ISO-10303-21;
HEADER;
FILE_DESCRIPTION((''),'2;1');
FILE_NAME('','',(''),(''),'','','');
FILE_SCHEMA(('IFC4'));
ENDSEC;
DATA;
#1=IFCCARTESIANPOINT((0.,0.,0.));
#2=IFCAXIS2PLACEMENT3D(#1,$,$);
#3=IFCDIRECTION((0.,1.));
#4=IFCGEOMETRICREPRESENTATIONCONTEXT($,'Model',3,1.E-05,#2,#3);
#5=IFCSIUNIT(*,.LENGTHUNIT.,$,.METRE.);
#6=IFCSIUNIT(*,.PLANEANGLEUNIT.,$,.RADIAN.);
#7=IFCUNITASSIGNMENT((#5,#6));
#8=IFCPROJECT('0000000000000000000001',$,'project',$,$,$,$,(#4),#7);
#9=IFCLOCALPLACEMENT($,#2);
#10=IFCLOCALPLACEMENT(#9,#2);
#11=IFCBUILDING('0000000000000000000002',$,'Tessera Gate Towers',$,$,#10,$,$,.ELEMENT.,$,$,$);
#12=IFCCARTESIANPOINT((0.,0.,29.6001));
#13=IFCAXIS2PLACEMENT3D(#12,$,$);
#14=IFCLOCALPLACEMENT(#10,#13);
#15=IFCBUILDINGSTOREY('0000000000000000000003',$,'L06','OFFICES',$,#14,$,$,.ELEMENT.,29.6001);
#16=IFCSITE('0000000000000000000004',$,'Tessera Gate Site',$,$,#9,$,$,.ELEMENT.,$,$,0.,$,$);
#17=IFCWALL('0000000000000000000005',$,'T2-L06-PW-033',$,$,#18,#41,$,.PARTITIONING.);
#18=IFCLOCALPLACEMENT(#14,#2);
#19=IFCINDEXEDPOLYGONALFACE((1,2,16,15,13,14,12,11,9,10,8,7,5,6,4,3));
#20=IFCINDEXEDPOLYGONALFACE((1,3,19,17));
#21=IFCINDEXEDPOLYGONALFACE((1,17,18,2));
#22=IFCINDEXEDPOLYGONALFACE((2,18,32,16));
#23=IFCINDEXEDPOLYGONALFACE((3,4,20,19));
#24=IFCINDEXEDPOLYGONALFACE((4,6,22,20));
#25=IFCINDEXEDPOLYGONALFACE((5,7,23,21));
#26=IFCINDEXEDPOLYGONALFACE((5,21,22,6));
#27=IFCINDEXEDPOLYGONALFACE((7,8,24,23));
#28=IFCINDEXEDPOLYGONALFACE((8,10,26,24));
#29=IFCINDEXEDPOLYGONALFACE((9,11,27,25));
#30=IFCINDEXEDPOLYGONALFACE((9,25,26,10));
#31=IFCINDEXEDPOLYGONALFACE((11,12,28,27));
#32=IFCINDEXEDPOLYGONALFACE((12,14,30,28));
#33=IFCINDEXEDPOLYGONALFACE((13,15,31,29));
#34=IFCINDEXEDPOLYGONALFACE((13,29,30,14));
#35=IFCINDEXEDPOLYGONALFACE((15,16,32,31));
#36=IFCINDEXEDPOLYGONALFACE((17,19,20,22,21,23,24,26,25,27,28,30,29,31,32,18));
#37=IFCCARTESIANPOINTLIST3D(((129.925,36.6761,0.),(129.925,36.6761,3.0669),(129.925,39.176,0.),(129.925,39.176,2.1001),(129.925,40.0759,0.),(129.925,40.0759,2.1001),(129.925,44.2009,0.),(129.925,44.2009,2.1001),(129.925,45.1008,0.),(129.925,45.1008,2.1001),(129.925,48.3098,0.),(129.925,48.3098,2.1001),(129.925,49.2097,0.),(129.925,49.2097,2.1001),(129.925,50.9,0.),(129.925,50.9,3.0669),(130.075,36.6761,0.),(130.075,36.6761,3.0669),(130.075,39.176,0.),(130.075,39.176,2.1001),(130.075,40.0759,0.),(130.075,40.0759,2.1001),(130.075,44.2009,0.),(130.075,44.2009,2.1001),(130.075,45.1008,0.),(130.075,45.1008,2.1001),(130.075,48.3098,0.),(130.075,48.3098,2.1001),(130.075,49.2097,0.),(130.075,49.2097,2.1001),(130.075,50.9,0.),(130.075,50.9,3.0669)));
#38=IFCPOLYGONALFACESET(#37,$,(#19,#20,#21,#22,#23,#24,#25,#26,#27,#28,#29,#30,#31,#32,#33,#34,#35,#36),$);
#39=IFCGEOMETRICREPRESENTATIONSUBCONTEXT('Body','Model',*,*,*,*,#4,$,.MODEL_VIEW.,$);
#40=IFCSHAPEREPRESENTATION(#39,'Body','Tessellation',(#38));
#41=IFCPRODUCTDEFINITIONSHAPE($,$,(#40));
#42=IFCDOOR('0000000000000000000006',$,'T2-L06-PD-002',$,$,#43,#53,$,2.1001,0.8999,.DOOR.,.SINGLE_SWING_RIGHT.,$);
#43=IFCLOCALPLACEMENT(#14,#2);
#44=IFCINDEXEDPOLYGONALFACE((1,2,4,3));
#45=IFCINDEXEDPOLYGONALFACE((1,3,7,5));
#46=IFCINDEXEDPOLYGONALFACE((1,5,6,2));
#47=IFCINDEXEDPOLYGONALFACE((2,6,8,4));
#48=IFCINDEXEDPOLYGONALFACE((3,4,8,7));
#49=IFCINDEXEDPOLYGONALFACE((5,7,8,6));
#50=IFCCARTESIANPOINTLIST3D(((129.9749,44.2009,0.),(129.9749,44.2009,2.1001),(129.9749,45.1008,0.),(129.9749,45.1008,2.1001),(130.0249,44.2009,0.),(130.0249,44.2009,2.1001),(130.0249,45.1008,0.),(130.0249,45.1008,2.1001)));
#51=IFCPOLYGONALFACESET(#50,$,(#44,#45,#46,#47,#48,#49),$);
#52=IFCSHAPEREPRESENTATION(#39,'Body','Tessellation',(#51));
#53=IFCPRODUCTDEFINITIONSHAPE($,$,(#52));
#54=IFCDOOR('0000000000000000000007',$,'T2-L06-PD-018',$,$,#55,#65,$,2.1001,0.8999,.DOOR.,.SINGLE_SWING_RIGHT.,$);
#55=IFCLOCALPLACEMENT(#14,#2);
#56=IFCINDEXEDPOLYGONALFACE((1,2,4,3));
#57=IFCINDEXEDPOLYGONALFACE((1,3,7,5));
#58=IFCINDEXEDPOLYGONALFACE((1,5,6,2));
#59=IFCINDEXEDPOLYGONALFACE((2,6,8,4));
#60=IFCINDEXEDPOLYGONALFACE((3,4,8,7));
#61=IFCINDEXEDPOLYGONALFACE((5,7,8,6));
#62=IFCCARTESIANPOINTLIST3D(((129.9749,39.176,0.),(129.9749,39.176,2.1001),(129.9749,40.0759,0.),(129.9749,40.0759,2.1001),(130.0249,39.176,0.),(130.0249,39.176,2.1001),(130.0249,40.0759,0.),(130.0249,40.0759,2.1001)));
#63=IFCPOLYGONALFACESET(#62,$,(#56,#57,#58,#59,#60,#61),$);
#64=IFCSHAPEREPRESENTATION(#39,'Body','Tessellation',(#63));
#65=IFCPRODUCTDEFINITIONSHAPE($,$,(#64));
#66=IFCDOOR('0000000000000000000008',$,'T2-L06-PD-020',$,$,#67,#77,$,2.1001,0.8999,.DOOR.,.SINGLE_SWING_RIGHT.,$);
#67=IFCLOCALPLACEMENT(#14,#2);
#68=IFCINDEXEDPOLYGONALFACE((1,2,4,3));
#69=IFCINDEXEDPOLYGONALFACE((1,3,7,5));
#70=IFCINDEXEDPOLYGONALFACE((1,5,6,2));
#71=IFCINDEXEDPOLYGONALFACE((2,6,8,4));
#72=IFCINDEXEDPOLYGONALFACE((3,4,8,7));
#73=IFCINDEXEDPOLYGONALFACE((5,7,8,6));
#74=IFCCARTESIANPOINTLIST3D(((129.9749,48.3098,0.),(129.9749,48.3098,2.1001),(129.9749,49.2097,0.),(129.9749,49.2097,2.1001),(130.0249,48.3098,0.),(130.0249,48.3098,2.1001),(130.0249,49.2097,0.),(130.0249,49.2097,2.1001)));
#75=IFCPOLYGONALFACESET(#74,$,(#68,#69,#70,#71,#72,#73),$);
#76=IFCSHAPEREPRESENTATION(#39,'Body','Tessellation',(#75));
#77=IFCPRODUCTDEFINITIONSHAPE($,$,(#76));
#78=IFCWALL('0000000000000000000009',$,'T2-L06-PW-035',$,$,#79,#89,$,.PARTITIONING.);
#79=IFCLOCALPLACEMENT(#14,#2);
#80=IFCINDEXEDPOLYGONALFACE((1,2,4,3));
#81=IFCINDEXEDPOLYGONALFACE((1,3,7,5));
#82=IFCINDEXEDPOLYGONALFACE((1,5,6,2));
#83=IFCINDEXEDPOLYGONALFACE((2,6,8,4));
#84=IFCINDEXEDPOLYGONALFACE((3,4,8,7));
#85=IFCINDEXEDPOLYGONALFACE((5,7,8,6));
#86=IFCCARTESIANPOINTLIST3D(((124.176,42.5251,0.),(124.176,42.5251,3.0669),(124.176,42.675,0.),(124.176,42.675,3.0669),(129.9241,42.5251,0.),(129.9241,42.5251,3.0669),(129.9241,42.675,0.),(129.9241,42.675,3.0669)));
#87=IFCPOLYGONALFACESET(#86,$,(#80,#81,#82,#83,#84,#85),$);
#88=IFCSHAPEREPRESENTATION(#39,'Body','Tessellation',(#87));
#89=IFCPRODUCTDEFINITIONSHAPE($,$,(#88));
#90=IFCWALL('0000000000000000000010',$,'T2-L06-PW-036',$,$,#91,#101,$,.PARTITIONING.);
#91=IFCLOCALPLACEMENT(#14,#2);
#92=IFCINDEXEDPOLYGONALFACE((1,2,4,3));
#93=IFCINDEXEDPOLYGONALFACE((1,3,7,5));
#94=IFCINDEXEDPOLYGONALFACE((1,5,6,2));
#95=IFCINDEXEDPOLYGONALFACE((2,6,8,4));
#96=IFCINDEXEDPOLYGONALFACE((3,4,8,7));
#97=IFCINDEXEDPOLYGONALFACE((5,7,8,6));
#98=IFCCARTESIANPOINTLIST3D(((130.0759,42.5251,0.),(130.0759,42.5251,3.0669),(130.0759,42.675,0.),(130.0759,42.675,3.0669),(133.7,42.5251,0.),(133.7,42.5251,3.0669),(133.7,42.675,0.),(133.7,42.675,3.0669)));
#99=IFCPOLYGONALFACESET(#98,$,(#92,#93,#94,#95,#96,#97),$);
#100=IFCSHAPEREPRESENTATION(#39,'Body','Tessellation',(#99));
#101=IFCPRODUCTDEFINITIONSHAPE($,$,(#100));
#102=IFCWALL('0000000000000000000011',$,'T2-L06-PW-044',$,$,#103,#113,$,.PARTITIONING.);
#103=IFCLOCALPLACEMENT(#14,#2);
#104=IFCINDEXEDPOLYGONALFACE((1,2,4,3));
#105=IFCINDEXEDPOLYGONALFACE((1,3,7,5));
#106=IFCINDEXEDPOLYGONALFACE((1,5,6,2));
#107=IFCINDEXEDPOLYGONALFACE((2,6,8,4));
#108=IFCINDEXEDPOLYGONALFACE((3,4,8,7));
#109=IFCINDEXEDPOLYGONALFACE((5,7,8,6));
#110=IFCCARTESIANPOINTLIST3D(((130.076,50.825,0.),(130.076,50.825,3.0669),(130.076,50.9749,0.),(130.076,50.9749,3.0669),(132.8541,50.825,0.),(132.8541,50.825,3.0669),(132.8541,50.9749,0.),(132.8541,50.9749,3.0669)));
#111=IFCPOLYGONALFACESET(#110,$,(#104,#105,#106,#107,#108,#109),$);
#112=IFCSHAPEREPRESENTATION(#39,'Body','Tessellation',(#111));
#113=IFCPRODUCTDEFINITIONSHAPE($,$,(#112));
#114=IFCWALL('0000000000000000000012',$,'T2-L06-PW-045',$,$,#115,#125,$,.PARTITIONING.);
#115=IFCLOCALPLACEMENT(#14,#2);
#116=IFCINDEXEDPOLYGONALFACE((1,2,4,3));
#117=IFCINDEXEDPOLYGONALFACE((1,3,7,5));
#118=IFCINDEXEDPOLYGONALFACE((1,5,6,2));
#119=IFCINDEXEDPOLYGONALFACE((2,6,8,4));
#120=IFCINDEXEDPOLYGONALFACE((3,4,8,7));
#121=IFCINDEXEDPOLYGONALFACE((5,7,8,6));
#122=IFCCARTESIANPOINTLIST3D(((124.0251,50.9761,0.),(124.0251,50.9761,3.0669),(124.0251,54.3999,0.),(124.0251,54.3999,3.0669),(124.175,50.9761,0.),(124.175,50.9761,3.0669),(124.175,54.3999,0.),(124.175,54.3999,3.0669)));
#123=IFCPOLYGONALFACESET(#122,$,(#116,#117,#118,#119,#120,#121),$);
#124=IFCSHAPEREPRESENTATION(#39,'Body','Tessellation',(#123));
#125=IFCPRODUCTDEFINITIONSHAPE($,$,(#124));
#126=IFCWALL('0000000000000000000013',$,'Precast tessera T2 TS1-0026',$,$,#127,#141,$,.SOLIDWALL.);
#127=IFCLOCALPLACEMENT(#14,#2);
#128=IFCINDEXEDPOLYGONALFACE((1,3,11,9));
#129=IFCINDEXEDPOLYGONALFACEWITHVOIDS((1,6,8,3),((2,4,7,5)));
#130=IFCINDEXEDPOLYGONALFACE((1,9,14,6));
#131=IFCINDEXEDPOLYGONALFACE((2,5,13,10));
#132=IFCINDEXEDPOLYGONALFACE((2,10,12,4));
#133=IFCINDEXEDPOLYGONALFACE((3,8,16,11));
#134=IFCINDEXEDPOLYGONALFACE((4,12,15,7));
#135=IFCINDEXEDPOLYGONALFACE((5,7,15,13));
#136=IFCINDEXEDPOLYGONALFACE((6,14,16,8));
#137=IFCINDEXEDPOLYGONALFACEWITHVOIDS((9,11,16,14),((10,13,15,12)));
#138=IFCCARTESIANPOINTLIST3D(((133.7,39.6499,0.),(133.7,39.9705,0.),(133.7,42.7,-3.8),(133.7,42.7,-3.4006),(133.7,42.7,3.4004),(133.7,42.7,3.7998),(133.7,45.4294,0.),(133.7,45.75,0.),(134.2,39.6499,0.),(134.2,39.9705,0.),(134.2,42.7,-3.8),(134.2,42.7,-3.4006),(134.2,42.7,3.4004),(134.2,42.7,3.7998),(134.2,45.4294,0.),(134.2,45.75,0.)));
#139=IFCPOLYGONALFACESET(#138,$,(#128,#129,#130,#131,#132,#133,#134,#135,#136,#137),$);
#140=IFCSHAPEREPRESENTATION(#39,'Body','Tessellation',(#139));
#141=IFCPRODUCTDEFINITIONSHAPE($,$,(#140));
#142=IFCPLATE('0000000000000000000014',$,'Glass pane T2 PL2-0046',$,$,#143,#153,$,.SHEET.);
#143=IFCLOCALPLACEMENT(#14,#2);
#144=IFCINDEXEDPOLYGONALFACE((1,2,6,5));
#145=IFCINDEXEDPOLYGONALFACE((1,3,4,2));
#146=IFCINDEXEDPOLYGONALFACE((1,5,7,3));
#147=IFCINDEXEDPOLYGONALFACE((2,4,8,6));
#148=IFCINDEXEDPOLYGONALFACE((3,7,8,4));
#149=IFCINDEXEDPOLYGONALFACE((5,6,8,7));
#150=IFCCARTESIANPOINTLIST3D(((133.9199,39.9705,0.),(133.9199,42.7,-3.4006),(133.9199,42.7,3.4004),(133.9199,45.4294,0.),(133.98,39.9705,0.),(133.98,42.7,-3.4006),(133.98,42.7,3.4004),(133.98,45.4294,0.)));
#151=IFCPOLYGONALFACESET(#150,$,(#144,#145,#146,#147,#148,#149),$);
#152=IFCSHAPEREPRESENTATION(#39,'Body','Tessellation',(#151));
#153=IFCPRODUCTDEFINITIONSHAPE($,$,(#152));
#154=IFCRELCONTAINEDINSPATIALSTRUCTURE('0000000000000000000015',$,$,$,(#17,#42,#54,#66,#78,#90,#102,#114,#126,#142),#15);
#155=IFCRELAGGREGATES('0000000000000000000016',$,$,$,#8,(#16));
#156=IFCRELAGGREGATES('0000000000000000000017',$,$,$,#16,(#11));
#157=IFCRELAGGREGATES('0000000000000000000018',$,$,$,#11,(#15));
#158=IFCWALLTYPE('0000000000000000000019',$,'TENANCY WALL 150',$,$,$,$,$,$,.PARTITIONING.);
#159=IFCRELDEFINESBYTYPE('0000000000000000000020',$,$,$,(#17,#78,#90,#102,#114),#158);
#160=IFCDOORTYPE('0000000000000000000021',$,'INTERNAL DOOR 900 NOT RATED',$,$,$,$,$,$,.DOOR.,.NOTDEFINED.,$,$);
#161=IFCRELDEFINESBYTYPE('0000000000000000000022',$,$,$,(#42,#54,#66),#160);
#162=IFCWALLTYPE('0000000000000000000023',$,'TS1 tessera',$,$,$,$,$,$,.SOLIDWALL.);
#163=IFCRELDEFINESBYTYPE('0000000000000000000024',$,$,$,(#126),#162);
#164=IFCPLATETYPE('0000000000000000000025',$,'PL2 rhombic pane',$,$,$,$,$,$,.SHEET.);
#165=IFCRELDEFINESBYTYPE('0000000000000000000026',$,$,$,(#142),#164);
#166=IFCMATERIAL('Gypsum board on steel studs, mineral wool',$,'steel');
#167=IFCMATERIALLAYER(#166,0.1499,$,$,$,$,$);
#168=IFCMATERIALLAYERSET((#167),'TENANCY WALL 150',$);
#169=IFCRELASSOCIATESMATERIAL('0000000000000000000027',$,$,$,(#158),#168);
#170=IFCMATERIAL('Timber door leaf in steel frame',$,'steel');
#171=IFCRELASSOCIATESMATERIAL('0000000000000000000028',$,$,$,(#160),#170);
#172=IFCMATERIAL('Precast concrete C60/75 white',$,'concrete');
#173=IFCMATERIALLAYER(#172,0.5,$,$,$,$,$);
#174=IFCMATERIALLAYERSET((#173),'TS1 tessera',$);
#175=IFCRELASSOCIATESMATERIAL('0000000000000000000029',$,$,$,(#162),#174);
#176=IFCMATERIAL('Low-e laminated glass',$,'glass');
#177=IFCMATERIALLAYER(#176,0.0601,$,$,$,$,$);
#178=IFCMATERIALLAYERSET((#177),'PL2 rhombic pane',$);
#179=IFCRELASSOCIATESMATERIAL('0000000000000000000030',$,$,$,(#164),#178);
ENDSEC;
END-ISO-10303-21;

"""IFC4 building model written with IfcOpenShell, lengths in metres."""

from ifc_helpers import new_model, si_unit, direction, frame, frame_2d, origin, place, context, subcontext, project, spatial, polyline, rectangle, outline, extrude, source, transform, mapped, material, layer, layer_set, type_object, element, fill, save


model = new_model("IFC4")

# Units and contexts
model_context = context("Model", 3, precision=1e-05, world=origin(), true_north=direction((0.0, 1.0)))
body_context = subcontext(model_context, "Body", "Model", "MODEL_VIEW")
ifc_project = project(units=[si_unit("LENGTHUNIT", "METRE"), si_unit("PLANEANGLEUNIT", "RADIAN")], contexts=[model_context])

# Site, building, storey
site_placement = place(None, origin())
site = spatial("IfcSite", under=ifc_project, at=site_placement, Name="Tessera Gate Site", CompositionType="ELEMENT", RefElevation=0.0)
building_placement = place(site_placement, origin())
building = spatial("IfcBuilding", under=site, at=building_placement, Name="Tessera Gate Towers", CompositionType="ELEMENT")
storey_placement = place(building_placement, frame((0.0, 0.0, 29.6001)))
storey = spatial("IfcBuildingStorey", under=building, at=storey_placement, Name="L06", Description="OFFICES", CompositionType="ELEMENT", Elevation=29.6001)

# Wall, openings, doors
ifc_material_1 = material(Name="Gypsum board on steel studs, mineral wool", Category="steel")
ifc_layer_1 = layer(ifc_material_1, 0.1499)
ifc_layer_set_1 = layer_set([ifc_layer_1], Name="TENANCY WALL 150")
wall_type_1 = type_object("IfcWallType", Name="TENANCY WALL 150", PredefinedType="PARTITIONING", material=ifc_layer_set_1)
wall_1_placement = place(storey_placement, frame((130.0, 50.8999, 0.0), z_axis=(0.0, 0.0, 1.0), x_axis=(0.0, -1.0, 0.0)))
wall_1 = element("IfcWall", 1, at=wall_1_placement, inside=storey, type_object=wall_type_1, Name="T2-L06-PW-033", PredefinedType="PARTITIONING", context=body_context, shape_type="SweptSolid", body=[
    extrude(rectangle(XDim=14.2239, YDim=0.1499, at=frame_2d((7.1118, 0.0))), origin(), (0.0, 0.0, 1.0), 3.0669),
])
shared_shape_1 = source(origin(), body_context, "Body", "SweptSolid", [
    extrude(rectangle(XDim=0.8999, YDim=2.1001, at=frame_2d((0.45, 1.05))), frame((0.0, 0.085, 0.0), z_axis=(0.0, -1.0, 0.0), x_axis=(1.0, 0.0, 0.0)), (0.0, 0.0, 1.0), 0.1699),
])
opening_1_placement = place(wall_1_placement, frame((5.7991, 0.0, 0.0)))
opening_1 = element("IfcOpeningElement", 2, at=opening_1_placement, cuts=wall_1, PredefinedType="OPENING", context=body_context, shape_type="MappedRepresentation", body=[
    mapped(shared_shape_1, transform((0.0, 0.0, 0.0), scale=1.0)),
])
opening_2_placement = place(wall_1_placement, frame((10.824, 0.0, 0.0)))
opening_2 = element("IfcOpeningElement", 3, at=opening_2_placement, cuts=wall_1, PredefinedType="OPENING", context=body_context, shape_type="MappedRepresentation", body=[
    mapped(shared_shape_1, transform((0.0, 0.0, 0.0), scale=1.0)),
])
opening_3_placement = place(wall_1_placement, frame((1.6902, 0.0, 0.0)))
opening_3 = element("IfcOpeningElement", 4, at=opening_3_placement, cuts=wall_1, PredefinedType="OPENING", context=body_context, shape_type="MappedRepresentation", body=[
    mapped(shared_shape_1, transform((0.0, 0.0, 0.0), scale=1.0)),
])
ifc_material_2 = material(Name="Timber door leaf in steel frame", Category="steel")
door_type_1 = type_object("IfcDoorType", Name="INTERNAL DOOR 900 NOT RATED", OperationType="NOTDEFINED", PredefinedType="DOOR", material=ifc_material_2)
shared_shape_2 = source(origin(), body_context, "Body", "SweptSolid", [
    extrude(rectangle(XDim=0.8999, YDim=2.1001, at=frame_2d((0.45, 1.05))), frame((0.0, 0.0249, 0.0), z_axis=(0.0, -1.0, 0.0), x_axis=(1.0, 0.0, 0.0)), (0.0, 0.0, 1.0), 0.05),
])
door_1_placement = place(opening_1_placement, origin())
door_1 = element("IfcDoor", 5, at=door_1_placement, inside=storey, type_object=door_type_1, Name="T2-L06-PD-002", OperationType="SINGLE_SWING_RIGHT", OverallHeight=2.1001, OverallWidth=0.8999, PredefinedType="DOOR", context=body_context, shape_type="MappedRepresentation", body=[
    mapped(shared_shape_2, transform((0.0, 0.0, 0.0), scale=1.0)),
])
fill(opening_1, door_1)
door_2_placement = place(opening_2_placement, origin())
door_2 = element("IfcDoor", 6, at=door_2_placement, inside=storey, type_object=door_type_1, Name="T2-L06-PD-018", OperationType="SINGLE_SWING_RIGHT", OverallHeight=2.1001, OverallWidth=0.8999, PredefinedType="DOOR", context=body_context, shape_type="MappedRepresentation", body=[
    mapped(shared_shape_2, transform((0.0, 0.0, 0.0), scale=1.0)),
])
fill(opening_2, door_2)
door_3_placement = place(opening_3_placement, origin())
door_3 = element("IfcDoor", 7, at=door_3_placement, inside=storey, type_object=door_type_1, Name="T2-L06-PD-020", OperationType="SINGLE_SWING_RIGHT", OverallHeight=2.1001, OverallWidth=0.8999, PredefinedType="DOOR", context=body_context, shape_type="MappedRepresentation", body=[
    mapped(shared_shape_2, transform((0.0, 0.0, 0.0), scale=1.0)),
])
fill(opening_3, door_3)

# Walls
wall_2_placement = place(storey_placement, frame((124.176, 42.6001, 0.0), z_axis=(0.0, 0.0, 1.0), x_axis=(1.0, 0.0, 0.0)))
element("IfcWall", 8, at=wall_2_placement, inside=storey, type_object=wall_type_1, Name="T2-L06-PW-035", PredefinedType="PARTITIONING", context=body_context, shape_type="SweptSolid", body=[
    extrude(rectangle(XDim=5.748, YDim=0.1499, at=frame_2d((2.874, 0.0))), origin(), (0.0, 0.0, 1.0), 3.0669),
])
wall_3_placement = place(storey_placement, frame((130.0759, 42.6001, 0.0), z_axis=(0.0, 0.0, 1.0), x_axis=(1.0, 0.0, 0.0)))
element("IfcWall", 9, at=wall_3_placement, inside=storey, type_object=wall_type_1, Name="T2-L06-PW-036", PredefinedType="PARTITIONING", context=body_context, shape_type="SweptSolid", body=[
    extrude(rectangle(XDim=3.624, YDim=0.1499, at=frame_2d((1.812, 0.0))), origin(), (0.0, 0.0, 1.0), 3.0669),
])
wall_4_placement = place(storey_placement, frame((130.0759, 50.8999, 0.0), z_axis=(0.0, 0.0, 1.0), x_axis=(1.0, 0.0, 0.0)))
element("IfcWall", 10, at=wall_4_placement, inside=storey, type_object=wall_type_1, Name="T2-L06-PW-044", PredefinedType="PARTITIONING", context=body_context, shape_type="SweptSolid", body=[
    extrude(rectangle(XDim=2.7781, YDim=0.1499, at=frame_2d((1.3892, 0.0))), origin(), (0.0, 0.0, 1.0), 3.0669),
])
wall_5_placement = place(storey_placement, frame((124.1001, 50.9761, 0.0), z_axis=(0.0, 0.0, 1.0), x_axis=(0.0, 1.0, 0.0)))
element("IfcWall", 11, at=wall_5_placement, inside=storey, type_object=wall_type_1, Name="T2-L06-PW-045", PredefinedType="PARTITIONING", context=body_context, shape_type="SweptSolid", body=[
    extrude(rectangle(XDim=3.4238, YDim=0.1499, at=frame_2d((1.7119, 0.0))), origin(), (0.0, 0.0, 1.0), 3.0669),
])

# Wall, opening, plate
ifc_material_3 = material(Name="Precast concrete C60/75 white", Category="concrete")
ifc_layer_2 = layer(ifc_material_3, 0.5)
ifc_layer_set_2 = layer_set([ifc_layer_2], Name="TS1 tessera")
wall_type_2 = type_object("IfcWallType", Name="TS1 tessera", PredefinedType="SOLIDWALL", material=ifc_layer_set_2)
shared_shape_3 = source(origin(), body_context, "Body", "SweptSolid", [
    extrude(outline(polyline([(3.05, 0.0), (6.1001, 3.8), (3.05, 7.5999), (0.0, 3.8), (3.05, 0.0)])), frame((0.0, 0.25, 0.0), z_axis=(0.0, -1.0, 0.0), x_axis=(1.0, 0.0, 0.0)), (0.0, 0.0, 1.0), 0.5),
])
wall_6_placement = place(storey_placement, frame((133.95, 39.6499, -3.8), z_axis=(0.0, 0.0, 1.0), x_axis=(0.0, 1.0, 0.0)))
wall_6 = element("IfcWall", 12, at=wall_6_placement, inside=storey, type_object=wall_type_2, Name="Precast tessera T2 TS1-0026", PredefinedType="SOLIDWALL", context=body_context, shape_type="MappedRepresentation", body=[
    mapped(shared_shape_3, transform((0.0, 0.0, 0.0), scale=1.0)),
])
shared_shape_4 = source(origin(), body_context, "Body", "SweptSolid", [
    extrude(outline(polyline([(3.05, 0.3994), (5.7795, 3.8), (3.05, 7.2004), (0.3206, 3.8), (3.05, 0.3994)])), frame((0.0, 0.26, 0.0), z_axis=(0.0, -1.0, 0.0), x_axis=(1.0, 0.0, 0.0)), (0.0, 0.0, 1.0), 0.52),
])
opening_4_placement = place(wall_6_placement, origin())
opening_4 = element("IfcOpeningElement", 13, at=opening_4_placement, cuts=wall_6, PredefinedType="OPENING", context=body_context, shape_type="MappedRepresentation", body=[
    mapped(shared_shape_4, transform((0.0, 0.0, 0.0), scale=1.0)),
])
ifc_material_4 = material(Name="Low-e laminated glass", Category="glass")
ifc_layer_3 = layer(ifc_material_4, 0.0601)
ifc_layer_set_3 = layer_set([ifc_layer_3], Name="PL2 rhombic pane")
plate_type = type_object("IfcPlateType", Name="PL2 rhombic pane", PredefinedType="SHEET", material=ifc_layer_set_3)
shared_shape_5 = source(origin(), body_context, "Body", "SweptSolid", [
    extrude(outline(polyline([(3.05, 0.3994), (5.7795, 3.8), (3.05, 7.2004), (0.3206, 3.8), (3.05, 0.3994)])), frame((0.0, 0.03, 0.0), z_axis=(0.0, -1.0, 0.0), x_axis=(1.0, 0.0, 0.0)), (0.0, 0.0, 1.0), 0.0601),
])
plate_1_placement = place(opening_4_placement, origin())
plate_1 = element("IfcPlate", 14, at=plate_1_placement, inside=storey, type_object=plate_type, Name="Glass pane T2 PL2-0046", PredefinedType="SHEET", context=body_context, shape_type="MappedRepresentation", body=[
    mapped(shared_shape_5, transform((0.0, 0.0, 0.0), scale=1.0)),
])
fill(opening_4, plate_1)

save(model, "model.ifc")
